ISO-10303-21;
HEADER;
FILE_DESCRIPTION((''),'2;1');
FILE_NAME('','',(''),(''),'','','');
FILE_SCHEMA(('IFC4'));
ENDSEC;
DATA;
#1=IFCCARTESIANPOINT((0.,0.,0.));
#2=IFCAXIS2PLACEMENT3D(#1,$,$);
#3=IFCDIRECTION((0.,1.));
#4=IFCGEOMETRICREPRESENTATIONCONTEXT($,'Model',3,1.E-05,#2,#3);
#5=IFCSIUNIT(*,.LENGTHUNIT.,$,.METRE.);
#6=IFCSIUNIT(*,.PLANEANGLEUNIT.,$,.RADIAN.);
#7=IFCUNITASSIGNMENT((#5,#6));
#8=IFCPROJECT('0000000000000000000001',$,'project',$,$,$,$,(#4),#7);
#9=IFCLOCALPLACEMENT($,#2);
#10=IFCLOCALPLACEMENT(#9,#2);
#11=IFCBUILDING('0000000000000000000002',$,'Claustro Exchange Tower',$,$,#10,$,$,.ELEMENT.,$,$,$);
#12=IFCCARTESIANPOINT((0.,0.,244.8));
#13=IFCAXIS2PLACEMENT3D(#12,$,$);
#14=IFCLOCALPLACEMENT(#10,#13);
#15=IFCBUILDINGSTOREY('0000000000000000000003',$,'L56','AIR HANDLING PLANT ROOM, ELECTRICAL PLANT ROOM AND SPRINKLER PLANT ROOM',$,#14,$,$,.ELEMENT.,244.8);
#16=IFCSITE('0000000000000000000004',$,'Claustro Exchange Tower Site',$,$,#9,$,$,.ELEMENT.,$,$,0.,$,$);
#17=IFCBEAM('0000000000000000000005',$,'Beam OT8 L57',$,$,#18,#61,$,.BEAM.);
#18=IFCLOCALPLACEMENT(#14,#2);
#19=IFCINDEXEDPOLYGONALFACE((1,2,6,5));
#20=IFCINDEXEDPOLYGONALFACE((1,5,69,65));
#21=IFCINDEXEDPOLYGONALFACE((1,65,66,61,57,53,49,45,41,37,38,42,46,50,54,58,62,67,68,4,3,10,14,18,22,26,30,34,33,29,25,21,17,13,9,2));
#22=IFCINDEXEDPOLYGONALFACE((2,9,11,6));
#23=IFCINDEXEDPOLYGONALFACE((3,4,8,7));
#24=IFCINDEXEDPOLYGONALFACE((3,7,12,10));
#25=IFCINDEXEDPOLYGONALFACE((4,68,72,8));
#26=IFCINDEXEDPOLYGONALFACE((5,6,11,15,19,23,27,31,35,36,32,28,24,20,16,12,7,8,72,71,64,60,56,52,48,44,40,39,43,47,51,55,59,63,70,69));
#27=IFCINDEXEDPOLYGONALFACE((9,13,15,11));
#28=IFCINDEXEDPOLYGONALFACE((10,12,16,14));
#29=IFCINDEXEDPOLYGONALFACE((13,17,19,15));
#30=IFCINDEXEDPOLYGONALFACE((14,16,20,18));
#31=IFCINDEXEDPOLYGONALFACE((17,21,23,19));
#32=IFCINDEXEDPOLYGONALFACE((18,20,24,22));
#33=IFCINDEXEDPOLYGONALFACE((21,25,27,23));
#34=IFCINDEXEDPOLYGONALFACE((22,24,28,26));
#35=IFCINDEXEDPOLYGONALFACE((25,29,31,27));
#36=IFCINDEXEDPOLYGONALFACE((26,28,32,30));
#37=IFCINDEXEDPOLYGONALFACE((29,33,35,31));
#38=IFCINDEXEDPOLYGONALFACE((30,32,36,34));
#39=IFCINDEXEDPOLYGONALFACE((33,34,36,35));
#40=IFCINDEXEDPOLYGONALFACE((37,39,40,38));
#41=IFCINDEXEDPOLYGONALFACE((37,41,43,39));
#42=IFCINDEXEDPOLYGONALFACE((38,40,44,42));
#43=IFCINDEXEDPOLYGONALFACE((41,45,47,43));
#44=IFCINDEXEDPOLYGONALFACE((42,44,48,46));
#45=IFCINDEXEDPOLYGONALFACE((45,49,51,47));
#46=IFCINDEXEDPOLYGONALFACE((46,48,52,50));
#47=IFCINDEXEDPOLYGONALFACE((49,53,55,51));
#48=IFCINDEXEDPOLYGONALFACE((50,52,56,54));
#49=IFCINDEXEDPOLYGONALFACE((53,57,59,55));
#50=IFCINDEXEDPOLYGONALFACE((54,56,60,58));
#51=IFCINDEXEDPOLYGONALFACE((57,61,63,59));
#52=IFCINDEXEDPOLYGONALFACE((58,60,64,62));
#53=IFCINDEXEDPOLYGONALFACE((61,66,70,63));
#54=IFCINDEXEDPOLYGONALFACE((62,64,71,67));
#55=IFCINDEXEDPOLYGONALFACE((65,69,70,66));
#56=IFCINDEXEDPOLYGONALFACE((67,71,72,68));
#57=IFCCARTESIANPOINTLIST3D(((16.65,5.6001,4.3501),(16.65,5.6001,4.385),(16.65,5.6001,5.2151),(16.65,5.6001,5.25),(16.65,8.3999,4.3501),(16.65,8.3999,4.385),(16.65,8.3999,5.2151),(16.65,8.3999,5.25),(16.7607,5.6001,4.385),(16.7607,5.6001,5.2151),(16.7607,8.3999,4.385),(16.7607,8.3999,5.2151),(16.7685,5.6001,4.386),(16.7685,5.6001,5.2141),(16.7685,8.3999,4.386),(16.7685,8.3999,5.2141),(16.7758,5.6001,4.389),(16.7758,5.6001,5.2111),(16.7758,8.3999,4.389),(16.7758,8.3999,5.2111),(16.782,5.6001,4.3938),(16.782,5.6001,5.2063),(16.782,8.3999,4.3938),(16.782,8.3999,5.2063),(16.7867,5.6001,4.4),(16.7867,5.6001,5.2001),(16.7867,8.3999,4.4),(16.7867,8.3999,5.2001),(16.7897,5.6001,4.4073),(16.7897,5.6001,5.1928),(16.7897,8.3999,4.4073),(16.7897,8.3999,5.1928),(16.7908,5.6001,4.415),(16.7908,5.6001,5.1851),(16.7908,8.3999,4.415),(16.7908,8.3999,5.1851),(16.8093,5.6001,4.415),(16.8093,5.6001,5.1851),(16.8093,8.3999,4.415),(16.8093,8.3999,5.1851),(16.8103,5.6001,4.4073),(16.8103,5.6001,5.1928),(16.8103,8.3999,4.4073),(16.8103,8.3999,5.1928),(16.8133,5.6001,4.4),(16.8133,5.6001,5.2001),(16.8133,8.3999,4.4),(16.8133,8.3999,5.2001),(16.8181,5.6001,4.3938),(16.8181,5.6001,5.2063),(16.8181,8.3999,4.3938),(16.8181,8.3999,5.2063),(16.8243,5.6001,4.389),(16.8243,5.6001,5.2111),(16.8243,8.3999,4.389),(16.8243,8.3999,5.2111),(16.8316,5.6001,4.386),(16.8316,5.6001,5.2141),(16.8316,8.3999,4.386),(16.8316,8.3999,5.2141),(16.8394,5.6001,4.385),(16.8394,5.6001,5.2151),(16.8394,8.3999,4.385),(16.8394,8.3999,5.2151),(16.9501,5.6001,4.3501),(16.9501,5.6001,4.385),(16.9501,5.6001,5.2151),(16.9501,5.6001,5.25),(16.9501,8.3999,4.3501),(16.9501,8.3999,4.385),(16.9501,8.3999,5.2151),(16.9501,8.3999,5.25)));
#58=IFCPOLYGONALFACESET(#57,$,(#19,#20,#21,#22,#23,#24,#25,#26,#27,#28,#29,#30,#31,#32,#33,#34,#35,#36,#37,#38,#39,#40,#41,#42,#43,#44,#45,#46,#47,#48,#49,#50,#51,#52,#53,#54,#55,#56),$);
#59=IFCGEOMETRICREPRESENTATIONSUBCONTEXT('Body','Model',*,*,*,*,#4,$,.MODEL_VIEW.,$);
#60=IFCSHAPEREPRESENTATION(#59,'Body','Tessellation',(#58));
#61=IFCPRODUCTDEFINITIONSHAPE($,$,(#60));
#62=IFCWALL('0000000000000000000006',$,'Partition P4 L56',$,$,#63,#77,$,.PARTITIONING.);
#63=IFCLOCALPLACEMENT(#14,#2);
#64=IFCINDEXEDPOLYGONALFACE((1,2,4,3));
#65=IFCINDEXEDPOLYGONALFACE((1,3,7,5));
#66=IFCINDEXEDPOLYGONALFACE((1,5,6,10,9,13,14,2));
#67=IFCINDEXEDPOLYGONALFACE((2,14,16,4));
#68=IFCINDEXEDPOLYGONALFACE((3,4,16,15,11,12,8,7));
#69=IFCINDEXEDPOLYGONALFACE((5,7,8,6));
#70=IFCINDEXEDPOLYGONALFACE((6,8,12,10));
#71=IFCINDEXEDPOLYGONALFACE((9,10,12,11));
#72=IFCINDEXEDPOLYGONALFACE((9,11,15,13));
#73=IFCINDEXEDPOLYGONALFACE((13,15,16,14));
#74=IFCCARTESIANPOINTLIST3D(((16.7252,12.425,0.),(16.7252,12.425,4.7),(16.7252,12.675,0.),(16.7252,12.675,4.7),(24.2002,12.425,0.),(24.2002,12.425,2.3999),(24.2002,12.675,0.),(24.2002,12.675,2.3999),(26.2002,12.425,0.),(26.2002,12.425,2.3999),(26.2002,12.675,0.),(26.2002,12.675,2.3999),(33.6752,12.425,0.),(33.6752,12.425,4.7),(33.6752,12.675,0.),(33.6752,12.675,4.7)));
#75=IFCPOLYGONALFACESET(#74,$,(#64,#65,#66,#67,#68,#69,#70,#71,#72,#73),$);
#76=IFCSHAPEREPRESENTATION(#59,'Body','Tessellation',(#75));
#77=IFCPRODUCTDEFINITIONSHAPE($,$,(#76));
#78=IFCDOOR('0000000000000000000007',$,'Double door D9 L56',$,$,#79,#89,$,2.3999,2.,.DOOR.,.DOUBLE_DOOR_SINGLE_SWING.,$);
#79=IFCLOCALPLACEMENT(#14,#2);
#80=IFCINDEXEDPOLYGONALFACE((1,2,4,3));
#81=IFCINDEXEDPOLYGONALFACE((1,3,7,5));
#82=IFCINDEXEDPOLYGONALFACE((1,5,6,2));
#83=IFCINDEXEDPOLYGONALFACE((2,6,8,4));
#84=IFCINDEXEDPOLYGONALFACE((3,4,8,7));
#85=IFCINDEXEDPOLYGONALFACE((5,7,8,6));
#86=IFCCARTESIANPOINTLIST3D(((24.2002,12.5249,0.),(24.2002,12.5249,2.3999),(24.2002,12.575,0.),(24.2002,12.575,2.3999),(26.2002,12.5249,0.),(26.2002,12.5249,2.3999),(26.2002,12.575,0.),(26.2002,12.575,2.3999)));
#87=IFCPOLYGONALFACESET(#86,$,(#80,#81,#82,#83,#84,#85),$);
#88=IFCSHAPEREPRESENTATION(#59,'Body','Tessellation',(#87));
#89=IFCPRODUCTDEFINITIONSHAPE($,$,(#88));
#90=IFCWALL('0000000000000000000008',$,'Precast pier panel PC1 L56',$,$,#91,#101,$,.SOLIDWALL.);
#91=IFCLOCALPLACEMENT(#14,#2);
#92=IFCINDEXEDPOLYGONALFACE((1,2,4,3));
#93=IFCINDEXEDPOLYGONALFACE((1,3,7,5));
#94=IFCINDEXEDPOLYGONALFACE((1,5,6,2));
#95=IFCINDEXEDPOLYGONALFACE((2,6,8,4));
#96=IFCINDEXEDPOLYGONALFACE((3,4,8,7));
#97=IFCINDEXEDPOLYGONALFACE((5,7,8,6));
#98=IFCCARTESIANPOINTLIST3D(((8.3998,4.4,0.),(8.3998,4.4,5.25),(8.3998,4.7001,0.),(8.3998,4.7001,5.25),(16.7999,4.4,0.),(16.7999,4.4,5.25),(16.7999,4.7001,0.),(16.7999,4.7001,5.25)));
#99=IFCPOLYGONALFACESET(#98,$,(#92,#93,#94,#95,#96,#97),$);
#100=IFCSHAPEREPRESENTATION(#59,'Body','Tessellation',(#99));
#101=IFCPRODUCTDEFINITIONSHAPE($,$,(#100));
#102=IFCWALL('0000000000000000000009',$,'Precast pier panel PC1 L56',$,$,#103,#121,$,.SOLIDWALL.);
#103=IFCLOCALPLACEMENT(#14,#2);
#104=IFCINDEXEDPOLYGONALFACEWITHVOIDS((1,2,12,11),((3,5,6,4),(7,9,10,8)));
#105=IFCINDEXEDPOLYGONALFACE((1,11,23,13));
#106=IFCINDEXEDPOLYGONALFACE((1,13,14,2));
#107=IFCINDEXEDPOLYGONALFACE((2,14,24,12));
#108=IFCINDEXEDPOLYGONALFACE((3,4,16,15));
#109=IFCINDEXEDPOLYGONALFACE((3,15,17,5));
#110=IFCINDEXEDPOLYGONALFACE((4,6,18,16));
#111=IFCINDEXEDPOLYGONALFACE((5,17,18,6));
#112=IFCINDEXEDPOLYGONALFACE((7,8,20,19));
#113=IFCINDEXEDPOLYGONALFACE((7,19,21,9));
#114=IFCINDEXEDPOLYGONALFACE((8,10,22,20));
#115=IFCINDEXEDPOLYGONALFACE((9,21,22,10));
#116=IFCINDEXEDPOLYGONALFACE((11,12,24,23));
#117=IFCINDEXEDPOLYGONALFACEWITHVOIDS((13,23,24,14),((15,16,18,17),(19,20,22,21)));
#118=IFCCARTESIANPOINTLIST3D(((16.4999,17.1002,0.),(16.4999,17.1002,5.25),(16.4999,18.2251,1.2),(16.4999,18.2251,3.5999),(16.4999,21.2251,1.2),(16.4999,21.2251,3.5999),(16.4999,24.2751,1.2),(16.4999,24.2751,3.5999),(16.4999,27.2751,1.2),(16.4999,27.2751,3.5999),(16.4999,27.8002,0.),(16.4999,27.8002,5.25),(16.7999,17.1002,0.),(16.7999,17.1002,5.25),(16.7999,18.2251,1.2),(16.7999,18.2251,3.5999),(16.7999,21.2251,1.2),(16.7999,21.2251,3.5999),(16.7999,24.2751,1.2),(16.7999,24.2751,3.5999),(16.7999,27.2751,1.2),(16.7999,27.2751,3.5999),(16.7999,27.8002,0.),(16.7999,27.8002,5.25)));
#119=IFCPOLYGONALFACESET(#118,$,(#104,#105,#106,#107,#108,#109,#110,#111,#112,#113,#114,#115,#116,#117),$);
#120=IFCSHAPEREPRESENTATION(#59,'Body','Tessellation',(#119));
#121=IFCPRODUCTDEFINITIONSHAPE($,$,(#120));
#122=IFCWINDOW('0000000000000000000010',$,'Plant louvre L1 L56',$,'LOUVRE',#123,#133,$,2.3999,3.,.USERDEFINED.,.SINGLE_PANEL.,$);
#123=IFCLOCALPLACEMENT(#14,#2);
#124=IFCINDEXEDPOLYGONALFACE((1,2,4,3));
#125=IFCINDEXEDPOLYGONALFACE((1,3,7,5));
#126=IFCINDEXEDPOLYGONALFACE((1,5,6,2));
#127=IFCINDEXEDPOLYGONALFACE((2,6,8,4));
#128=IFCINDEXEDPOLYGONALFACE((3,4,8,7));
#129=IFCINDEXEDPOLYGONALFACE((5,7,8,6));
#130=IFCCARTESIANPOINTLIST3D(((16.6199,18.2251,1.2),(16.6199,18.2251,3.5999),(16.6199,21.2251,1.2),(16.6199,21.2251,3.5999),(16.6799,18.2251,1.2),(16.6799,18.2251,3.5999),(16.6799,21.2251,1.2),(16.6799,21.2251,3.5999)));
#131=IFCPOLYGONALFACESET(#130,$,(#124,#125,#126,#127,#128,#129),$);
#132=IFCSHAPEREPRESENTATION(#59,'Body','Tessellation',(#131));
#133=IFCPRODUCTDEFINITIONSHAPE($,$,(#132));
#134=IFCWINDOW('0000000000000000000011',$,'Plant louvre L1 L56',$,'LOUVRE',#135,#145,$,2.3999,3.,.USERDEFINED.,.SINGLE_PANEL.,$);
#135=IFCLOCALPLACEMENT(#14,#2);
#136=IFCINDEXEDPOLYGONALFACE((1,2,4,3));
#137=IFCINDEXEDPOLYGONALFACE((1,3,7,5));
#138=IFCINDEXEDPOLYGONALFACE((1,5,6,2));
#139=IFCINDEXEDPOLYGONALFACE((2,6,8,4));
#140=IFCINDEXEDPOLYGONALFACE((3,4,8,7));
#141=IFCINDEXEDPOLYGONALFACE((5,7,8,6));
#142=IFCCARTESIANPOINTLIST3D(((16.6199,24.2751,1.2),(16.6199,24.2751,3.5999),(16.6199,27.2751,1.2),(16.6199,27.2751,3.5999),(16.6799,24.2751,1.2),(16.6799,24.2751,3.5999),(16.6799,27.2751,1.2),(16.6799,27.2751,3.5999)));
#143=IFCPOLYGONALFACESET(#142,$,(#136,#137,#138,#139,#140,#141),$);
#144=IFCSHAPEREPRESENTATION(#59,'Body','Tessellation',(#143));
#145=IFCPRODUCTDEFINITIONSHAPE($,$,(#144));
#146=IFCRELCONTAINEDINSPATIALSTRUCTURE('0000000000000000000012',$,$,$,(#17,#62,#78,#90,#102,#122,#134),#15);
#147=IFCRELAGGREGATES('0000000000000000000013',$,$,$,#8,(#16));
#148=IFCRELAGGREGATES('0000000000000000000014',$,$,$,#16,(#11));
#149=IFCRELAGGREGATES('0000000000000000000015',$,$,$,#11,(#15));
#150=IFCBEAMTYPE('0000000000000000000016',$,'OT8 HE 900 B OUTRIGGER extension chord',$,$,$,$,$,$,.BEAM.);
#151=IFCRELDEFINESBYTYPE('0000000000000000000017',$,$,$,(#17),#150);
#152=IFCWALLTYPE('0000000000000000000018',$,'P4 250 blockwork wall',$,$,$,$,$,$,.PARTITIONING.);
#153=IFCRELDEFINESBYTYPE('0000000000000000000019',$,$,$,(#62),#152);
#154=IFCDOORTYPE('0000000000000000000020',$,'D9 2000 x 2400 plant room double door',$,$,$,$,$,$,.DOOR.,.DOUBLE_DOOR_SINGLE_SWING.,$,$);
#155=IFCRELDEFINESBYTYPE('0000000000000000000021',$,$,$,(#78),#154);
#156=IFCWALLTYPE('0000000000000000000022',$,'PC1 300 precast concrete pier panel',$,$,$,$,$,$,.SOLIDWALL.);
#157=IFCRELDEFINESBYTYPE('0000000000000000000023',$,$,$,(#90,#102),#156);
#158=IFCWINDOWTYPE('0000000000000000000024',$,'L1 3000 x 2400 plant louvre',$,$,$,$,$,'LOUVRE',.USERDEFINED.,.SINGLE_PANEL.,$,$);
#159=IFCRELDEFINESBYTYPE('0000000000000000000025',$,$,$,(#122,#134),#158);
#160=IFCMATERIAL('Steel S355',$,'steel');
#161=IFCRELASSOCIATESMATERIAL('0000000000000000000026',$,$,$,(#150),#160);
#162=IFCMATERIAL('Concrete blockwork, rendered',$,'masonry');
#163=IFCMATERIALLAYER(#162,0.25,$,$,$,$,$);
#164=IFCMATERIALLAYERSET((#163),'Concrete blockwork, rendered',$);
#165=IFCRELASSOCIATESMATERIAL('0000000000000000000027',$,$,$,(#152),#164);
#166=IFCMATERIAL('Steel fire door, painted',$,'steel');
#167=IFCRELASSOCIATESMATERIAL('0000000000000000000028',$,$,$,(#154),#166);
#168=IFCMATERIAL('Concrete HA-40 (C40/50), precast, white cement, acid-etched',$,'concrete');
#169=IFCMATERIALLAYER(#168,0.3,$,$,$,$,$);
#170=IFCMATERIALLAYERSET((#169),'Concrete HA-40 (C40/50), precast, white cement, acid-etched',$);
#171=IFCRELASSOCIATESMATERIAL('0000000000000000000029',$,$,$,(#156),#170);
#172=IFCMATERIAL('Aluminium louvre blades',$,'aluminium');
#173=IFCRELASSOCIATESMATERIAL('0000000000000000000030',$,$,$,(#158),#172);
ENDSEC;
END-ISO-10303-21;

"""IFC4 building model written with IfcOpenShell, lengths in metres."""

from ifc_helpers import new_model, si_unit, direction, frame, frame_2d, origin, origin_2d, place, context, subcontext, project, spatial, rectangle, i_section, extrude, material, layer, layer_set, material_profile, profile_set, type_object, element, fill, save


model = new_model("IFC4")

# Units and contexts
model_context = context("Model", 3, precision=1e-05, world=origin(), true_north=direction((0.0, 1.0)))
body_context = subcontext(model_context, "Body", "Model", "MODEL_VIEW")
ifc_project = project(units=[si_unit("LENGTHUNIT", "METRE"), si_unit("PLANEANGLEUNIT", "RADIAN")], contexts=[model_context])

# Site, building, storey
site_placement = place(None, origin())
site = spatial("IfcSite", under=ifc_project, at=site_placement, Name="Claustro Exchange Tower Site", CompositionType="ELEMENT", RefElevation=0.0)
building_placement = place(site_placement, origin())
building = spatial("IfcBuilding", under=site, at=building_placement, Name="Claustro Exchange Tower", CompositionType="ELEMENT")
storey_placement = place(building_placement, frame((0.0, 0.0, 244.8)))
storey = spatial("IfcBuildingStorey", under=building, at=storey_placement, Name="L56", Description="AIR HANDLING PLANT ROOM, ELECTRICAL PLANT ROOM AND SPRINKLER PLANT ROOM", CompositionType="ELEMENT", Elevation=244.8)

# Beam
ifc_material_1 = material(Name="Steel S355", Category="steel")
ifc_material_profile_1 = material_profile(ifc_material_1, i_section(OverallWidth=0.3, OverallDepth=0.8999, WebThickness=0.0186, FlangeThickness=0.0349, FilletRadius=0.03, at=origin_2d()), Name="HE 900 B")
ifc_profile_set_1 = profile_set([ifc_material_profile_1], Name="Steel S355")
beam_type_1 = type_object("IfcBeamType", Name="OT8 HE 900 B OUTRIGGER extension chord", PredefinedType="BEAM", material=ifc_profile_set_1)
beam_1_placement = place(storey_placement, frame((16.8, 5.6001, 4.8), z_axis=(0.0, 1.0, 0.0), x_axis=(-1.0, 0.0, 0.0)))
element("IfcBeam", 1, at=beam_1_placement, inside=storey, type_object=beam_type_1, Name="Beam OT8 L57", PredefinedType="BEAM", context=body_context, shape_type="SweptSolid", body=[
    extrude(i_section(OverallWidth=0.3, OverallDepth=0.8999, WebThickness=0.0186, FlangeThickness=0.0349, FilletRadius=0.03, at=origin_2d()), origin(), (0.0, 0.0, 1.0), 2.7998),
])

# Wall, opening, door
ifc_material_2 = material(Name="Concrete blockwork, rendered", Category="masonry")
ifc_layer_1 = layer(ifc_material_2, 0.25)
ifc_layer_set_1 = layer_set([ifc_layer_1], Name="Concrete blockwork, rendered")
wall_type_1 = type_object("IfcWallType", Name="P4 250 blockwork wall", PredefinedType="PARTITIONING", material=ifc_layer_set_1)
wall_1_placement = place(storey_placement, frame((16.7251, 12.55, 0.0), z_axis=(0.0, 0.0, 1.0), x_axis=(1.0, 0.0, 0.0)))
wall_1 = element("IfcWall", 2, at=wall_1_placement, inside=storey, type_object=wall_type_1, Name="Partition P4 L56", PredefinedType="PARTITIONING", context=body_context, shape_type="SweptSolid", body=[
    extrude(rectangle(XDim=16.95, YDim=0.25, at=frame_2d((8.4751, 0.0))), origin(), (0.0, 0.0, 1.0), 4.7),
])
opening_1_placement = place(wall_1_placement, frame((7.4751, 0.0, 0.0)))
opening_1 = element("IfcOpeningElement", 3, at=opening_1_placement, cuts=wall_1, PredefinedType="OPENING", context=body_context, shape_type="SweptSolid", body=[
    extrude(rectangle(XDim=2.0, YDim=2.3999, at=frame_2d((1.0, 1.2))), frame((0.0, 0.135, 0.0), z_axis=(0.0, -1.0, 0.0), x_axis=(1.0, 0.0, 0.0)), (0.0, 0.0, 1.0), 0.27),
])
ifc_material_3 = material(Name="Steel fire door, painted", Category="steel")
door_type = type_object("IfcDoorType", Name="D9 2000 x 2400 plant room double door", OperationType="DOUBLE_DOOR_SINGLE_SWING", PredefinedType="DOOR", material=ifc_material_3)
door_placement = place(opening_1_placement, origin())
door = element("IfcDoor", 4, at=door_placement, inside=storey, type_object=door_type, Name="Double door D9 L56", OperationType="DOUBLE_DOOR_SINGLE_SWING", OverallHeight=2.3999, OverallWidth=2.0, PredefinedType="DOOR", context=body_context, shape_type="SweptSolid", body=[
    extrude(rectangle(XDim=2.0, YDim=2.3999, at=frame_2d((1.0, 1.2))), frame((0.0, 0.0249, 0.0), z_axis=(0.0, -1.0, 0.0), x_axis=(1.0, 0.0, 0.0)), (0.0, 0.0, 1.0), 0.05),
])
fill(opening_1, door)

# Wall
ifc_material_4 = material(Name="Concrete HA-40 (C40/50), precast, white cement, acid-etched", Category="concrete")
ifc_layer_2 = layer(ifc_material_4, 0.3)
ifc_layer_set_2 = layer_set([ifc_layer_2], Name="Concrete HA-40 (C40/50), precast, white cement, acid-etched")
wall_type_2 = type_object("IfcWallType", Name="PC1 300 precast concrete pier panel", PredefinedType="SOLIDWALL", material=ifc_layer_set_2)
wall_2_placement = place(storey_placement, frame((16.8, 4.55, 0.0), z_axis=(0.0, 0.0, 1.0), x_axis=(-1.0, 0.0, 0.0)))
element("IfcWall", 5, at=wall_2_placement, inside=storey, type_object=wall_type_2, Name="Precast pier panel PC1 L56", PredefinedType="SOLIDWALL", context=body_context, shape_type="SweptSolid", body=[
    extrude(rectangle(XDim=8.4001, YDim=0.3, at=frame_2d((4.2002, 0.0))), origin(), (0.0, 0.0, 1.0), 5.25),
])

# Wall, openings, windows
wall_3_placement = place(storey_placement, frame((16.6499, 17.1001, 0.0), z_axis=(0.0, 0.0, 1.0), x_axis=(0.0, 1.0, 0.0)))
wall_3 = element("IfcWall", 6, at=wall_3_placement, inside=storey, type_object=wall_type_2, Name="Precast pier panel PC1 L56", PredefinedType="SOLIDWALL", context=body_context, shape_type="SweptSolid", body=[
    extrude(rectangle(XDim=10.7, YDim=0.3, at=frame_2d((5.3501, 0.0))), origin(), (0.0, 0.0, 1.0), 5.25),
])
opening_2_placement = place(wall_3_placement, frame((1.125, 0.0, 1.2)))
opening_2 = element("IfcOpeningElement", 7, at=opening_2_placement, cuts=wall_3, PredefinedType="OPENING", context=body_context, shape_type="SweptSolid", body=[
    extrude(rectangle(XDim=3.0, YDim=2.3999, at=frame_2d((1.5, 1.2))), frame((0.0, 0.1599, 0.0), z_axis=(0.0, -1.0, 0.0), x_axis=(1.0, 0.0, 0.0)), (0.0, 0.0, 1.0), 0.3201),
])
opening_3_placement = place(wall_3_placement, frame((7.175, 0.0, 1.2)))
opening_3 = element("IfcOpeningElement", 8, at=opening_3_placement, cuts=wall_3, PredefinedType="OPENING", context=body_context, shape_type="SweptSolid", body=[
    extrude(rectangle(XDim=3.0, YDim=2.3999, at=frame_2d((1.5, 1.2))), frame((0.0, 0.1599, 0.0), z_axis=(0.0, -1.0, 0.0), x_axis=(1.0, 0.0, 0.0)), (0.0, 0.0, 1.0), 0.3201),
])
ifc_material_5 = material(Name="Aluminium louvre blades", Category="aluminium")
window_type = type_object("IfcWindowType", Name="L1 3000 x 2400 plant louvre", ElementType="LOUVRE", PartitioningType="SINGLE_PANEL", PredefinedType="USERDEFINED", material=ifc_material_5)
window_1_placement = place(opening_2_placement, origin())
window_1 = element("IfcWindow", 9, at=window_1_placement, inside=storey, type_object=window_type, Name="Plant louvre L1 L56", ObjectType="LOUVRE", OverallHeight=2.3999, OverallWidth=3.0, PartitioningType="SINGLE_PANEL", PredefinedType="USERDEFINED", context=body_context, shape_type="SweptSolid", body=[
    extrude(rectangle(XDim=3.0, YDim=2.3999, at=frame_2d((1.5, 1.2))), frame((0.0, 0.03, 0.0), z_axis=(0.0, -1.0, 0.0), x_axis=(1.0, 0.0, 0.0)), (0.0, 0.0, 1.0), 0.0601),
])
fill(opening_2, window_1)
window_2_placement = place(opening_3_placement, origin())
window_2 = element("IfcWindow", 10, at=window_2_placement, inside=storey, type_object=window_type, Name="Plant louvre L1 L56", ObjectType="LOUVRE", OverallHeight=2.3999, OverallWidth=3.0, PartitioningType="SINGLE_PANEL", PredefinedType="USERDEFINED", context=body_context, shape_type="SweptSolid", body=[
    extrude(rectangle(XDim=3.0, YDim=2.3999, at=frame_2d((1.5, 1.2))), frame((0.0, 0.03, 0.0), z_axis=(0.0, -1.0, 0.0), x_axis=(1.0, 0.0, 0.0)), (0.0, 0.0, 1.0), 0.0601),
])
fill(opening_3, window_2)

save(model, "model.ifc")
